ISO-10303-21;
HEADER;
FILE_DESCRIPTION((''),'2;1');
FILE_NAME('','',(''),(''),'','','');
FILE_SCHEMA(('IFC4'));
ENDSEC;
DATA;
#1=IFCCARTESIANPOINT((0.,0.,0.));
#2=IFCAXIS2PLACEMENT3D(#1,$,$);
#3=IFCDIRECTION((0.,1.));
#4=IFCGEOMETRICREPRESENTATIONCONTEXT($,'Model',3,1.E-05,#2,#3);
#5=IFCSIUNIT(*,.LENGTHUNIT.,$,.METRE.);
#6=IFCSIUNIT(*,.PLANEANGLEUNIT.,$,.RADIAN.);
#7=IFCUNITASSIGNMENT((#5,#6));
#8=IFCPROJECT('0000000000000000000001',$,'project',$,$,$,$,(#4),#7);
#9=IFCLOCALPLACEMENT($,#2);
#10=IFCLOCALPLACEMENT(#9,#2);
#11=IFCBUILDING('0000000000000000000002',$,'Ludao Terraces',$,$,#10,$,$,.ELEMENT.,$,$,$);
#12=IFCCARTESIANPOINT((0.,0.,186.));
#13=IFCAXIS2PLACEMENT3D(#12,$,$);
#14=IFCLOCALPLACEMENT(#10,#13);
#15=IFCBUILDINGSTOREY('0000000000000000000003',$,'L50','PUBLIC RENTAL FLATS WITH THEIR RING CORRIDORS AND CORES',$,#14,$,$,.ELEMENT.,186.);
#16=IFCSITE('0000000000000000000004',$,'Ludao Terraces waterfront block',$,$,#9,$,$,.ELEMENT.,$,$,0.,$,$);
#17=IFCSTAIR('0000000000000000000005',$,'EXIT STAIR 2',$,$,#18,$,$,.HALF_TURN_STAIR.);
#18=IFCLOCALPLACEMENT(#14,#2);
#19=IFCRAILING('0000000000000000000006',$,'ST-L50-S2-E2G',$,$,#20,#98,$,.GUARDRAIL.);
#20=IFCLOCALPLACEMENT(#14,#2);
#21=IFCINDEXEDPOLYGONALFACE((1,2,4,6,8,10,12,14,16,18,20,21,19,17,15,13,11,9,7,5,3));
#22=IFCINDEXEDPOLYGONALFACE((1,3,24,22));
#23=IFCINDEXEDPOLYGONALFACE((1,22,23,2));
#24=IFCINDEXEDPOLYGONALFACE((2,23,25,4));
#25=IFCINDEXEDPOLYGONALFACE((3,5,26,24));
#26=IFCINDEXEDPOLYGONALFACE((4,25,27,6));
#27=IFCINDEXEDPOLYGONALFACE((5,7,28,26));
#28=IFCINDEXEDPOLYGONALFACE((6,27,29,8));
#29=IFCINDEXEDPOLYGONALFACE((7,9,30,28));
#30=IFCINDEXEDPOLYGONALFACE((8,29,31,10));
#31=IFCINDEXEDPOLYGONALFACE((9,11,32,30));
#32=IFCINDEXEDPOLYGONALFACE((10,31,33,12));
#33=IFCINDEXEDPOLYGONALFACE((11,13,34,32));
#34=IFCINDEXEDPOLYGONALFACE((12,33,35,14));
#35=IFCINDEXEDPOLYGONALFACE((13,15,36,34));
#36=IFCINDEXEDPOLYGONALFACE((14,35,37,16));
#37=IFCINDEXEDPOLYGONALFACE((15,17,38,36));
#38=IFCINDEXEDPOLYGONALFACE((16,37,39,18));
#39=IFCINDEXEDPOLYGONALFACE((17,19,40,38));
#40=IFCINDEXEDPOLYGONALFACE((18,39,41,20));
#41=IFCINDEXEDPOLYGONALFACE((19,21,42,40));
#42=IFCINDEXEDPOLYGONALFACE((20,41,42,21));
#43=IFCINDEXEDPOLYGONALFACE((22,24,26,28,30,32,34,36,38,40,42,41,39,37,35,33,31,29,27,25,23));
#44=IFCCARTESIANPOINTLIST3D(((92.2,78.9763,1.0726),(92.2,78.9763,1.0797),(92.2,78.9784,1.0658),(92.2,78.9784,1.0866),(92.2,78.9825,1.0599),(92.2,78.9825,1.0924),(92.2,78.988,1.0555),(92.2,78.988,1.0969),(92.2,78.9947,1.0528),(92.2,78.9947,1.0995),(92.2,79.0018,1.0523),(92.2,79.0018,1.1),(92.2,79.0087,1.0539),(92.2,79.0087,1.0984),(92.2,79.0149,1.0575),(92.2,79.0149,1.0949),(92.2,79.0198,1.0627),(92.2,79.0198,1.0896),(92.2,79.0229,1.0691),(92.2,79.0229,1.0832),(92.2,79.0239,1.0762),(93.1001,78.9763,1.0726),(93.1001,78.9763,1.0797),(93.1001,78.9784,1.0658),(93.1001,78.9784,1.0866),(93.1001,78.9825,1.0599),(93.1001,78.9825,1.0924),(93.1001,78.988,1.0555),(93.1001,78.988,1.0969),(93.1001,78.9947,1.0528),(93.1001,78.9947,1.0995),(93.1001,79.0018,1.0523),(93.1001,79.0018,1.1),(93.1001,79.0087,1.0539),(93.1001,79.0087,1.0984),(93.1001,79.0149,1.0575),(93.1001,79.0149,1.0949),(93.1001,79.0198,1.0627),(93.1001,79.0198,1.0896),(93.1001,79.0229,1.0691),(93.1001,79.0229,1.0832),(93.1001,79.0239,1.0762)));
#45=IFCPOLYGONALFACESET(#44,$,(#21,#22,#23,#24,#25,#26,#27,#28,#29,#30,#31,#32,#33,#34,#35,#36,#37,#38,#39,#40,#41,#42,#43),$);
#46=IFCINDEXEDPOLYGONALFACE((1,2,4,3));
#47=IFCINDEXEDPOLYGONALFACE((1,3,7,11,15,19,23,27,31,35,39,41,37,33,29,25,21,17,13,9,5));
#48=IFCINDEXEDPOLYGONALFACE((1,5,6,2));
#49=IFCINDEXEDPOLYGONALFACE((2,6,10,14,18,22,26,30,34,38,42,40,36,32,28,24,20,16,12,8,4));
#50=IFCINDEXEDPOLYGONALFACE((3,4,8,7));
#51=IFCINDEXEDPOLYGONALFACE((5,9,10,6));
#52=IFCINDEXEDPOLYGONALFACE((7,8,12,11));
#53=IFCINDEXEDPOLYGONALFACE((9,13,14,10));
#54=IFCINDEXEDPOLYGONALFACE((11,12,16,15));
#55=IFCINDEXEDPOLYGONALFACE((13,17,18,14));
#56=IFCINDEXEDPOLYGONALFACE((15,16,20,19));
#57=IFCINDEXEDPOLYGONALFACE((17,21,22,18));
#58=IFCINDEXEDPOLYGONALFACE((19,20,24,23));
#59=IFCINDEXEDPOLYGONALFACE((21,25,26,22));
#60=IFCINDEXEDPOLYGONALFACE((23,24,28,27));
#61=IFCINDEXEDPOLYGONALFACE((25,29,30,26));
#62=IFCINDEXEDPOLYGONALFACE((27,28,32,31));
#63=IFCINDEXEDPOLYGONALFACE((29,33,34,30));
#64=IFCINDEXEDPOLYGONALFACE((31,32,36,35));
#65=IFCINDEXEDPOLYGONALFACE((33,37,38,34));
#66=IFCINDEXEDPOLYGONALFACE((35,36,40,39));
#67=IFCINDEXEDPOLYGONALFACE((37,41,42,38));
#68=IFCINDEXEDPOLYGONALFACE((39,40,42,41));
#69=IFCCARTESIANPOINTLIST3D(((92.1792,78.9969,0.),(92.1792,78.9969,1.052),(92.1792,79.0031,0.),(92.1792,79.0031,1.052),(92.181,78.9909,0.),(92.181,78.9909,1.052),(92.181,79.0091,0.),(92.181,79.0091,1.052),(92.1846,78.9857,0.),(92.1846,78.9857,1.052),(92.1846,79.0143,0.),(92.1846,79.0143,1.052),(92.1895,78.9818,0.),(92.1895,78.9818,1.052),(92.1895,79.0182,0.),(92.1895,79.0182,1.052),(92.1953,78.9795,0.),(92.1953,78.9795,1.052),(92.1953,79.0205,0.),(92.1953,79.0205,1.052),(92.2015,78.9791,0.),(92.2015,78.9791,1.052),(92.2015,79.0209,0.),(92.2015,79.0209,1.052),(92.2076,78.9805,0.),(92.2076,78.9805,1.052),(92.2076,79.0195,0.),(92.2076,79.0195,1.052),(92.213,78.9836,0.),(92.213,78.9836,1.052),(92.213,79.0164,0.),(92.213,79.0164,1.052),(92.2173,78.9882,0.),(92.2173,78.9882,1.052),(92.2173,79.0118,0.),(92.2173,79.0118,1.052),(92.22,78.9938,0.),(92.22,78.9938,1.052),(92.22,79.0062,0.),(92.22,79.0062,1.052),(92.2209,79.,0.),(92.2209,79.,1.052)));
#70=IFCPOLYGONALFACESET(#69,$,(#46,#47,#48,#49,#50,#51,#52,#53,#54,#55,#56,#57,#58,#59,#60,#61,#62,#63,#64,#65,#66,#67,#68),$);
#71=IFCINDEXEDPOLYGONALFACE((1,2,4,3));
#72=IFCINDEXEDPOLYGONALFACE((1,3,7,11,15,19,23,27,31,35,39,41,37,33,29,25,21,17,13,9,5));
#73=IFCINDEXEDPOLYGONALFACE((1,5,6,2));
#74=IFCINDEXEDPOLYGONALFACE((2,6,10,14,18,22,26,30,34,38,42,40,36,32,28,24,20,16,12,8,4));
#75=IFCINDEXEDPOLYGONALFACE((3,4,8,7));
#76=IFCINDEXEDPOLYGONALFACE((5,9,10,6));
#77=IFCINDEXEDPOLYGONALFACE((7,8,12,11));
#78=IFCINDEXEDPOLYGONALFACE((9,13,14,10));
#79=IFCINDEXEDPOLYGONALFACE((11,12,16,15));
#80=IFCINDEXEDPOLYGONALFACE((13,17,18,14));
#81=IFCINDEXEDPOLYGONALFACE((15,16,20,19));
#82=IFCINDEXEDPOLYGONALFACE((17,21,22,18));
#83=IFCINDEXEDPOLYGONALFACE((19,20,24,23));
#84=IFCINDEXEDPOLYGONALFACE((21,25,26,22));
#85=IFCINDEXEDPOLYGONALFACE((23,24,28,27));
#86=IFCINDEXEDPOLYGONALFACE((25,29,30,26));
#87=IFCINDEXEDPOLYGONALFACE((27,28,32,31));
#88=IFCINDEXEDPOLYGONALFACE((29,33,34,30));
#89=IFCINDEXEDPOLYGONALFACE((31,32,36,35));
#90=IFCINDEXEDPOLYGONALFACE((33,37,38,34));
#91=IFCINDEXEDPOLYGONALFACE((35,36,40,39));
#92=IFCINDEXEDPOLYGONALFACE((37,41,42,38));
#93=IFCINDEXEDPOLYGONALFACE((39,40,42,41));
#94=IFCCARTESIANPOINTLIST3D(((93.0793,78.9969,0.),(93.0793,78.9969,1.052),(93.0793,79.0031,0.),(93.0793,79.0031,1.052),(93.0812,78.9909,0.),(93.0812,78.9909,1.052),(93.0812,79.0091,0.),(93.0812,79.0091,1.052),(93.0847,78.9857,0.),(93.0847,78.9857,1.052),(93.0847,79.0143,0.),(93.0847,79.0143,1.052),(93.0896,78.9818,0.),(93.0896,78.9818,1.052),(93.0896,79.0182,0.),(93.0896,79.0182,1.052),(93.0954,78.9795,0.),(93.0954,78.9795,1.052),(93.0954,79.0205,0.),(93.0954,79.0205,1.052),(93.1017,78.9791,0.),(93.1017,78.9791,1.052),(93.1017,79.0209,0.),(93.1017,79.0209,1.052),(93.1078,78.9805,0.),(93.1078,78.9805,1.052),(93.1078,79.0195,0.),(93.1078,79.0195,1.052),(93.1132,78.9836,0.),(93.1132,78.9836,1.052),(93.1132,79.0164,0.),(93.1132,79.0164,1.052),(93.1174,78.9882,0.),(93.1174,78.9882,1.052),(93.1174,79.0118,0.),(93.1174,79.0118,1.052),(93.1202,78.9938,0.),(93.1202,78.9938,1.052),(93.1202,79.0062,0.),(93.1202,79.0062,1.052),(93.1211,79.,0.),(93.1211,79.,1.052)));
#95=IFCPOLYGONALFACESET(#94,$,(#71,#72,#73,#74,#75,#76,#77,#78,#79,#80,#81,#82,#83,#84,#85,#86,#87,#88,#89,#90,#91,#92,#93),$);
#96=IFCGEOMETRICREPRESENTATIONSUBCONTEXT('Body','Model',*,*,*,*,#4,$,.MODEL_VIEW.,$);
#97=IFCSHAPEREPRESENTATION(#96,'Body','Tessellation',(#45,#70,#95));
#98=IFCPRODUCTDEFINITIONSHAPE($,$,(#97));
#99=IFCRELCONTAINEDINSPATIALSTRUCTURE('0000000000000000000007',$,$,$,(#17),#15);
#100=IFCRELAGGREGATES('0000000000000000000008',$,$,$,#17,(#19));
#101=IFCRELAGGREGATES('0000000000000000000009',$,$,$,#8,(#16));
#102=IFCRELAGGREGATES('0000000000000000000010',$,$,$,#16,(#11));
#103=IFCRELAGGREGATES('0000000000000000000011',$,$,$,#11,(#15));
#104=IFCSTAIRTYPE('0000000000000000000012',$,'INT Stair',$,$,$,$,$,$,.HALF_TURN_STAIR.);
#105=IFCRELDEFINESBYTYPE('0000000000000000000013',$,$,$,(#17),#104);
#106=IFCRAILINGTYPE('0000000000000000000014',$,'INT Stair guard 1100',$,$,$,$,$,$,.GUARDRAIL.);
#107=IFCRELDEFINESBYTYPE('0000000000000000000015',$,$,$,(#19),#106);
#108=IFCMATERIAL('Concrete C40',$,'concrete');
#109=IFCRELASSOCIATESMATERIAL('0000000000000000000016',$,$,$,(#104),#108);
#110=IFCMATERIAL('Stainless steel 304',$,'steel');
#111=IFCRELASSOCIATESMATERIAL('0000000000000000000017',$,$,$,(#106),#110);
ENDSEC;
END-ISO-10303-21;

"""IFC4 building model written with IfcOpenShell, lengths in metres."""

from ifc_helpers import new_model, si_unit, direction, frame, origin, origin_2d, place, context, subcontext, project, spatial, circle, extrude, material, type_object, element, aggregate, save


model = new_model("IFC4")

# Units and contexts
model_context = context("Model", 3, precision=1e-05, world=origin(), true_north=direction((0.0, 1.0)))
body_context = subcontext(model_context, "Body", "Model", "MODEL_VIEW")
ifc_project = project(units=[si_unit("LENGTHUNIT", "METRE"), si_unit("PLANEANGLEUNIT", "RADIAN")], contexts=[model_context])

# Site, building, storey
site_placement = place(None, origin())
site = spatial("IfcSite", under=ifc_project, at=site_placement, Name="Ludao Terraces waterfront block", CompositionType="ELEMENT", RefElevation=0.0)
building_placement = place(site_placement, origin())
building = spatial("IfcBuilding", under=site, at=building_placement, Name="Ludao Terraces", CompositionType="ELEMENT")
storey_placement = place(building_placement, frame((0.0, 0.0, 186.0)))
storey = spatial("IfcBuildingStorey", under=building, at=storey_placement, Name="L50", Description="PUBLIC RENTAL FLATS WITH THEIR RING CORRIDORS AND CORES", CompositionType="ELEMENT", Elevation=186.0)

# Shared definitions
ifc_material_1 = material(Name="Concrete C40", Category="concrete")

# Shared definitions
ifc_material_2 = material(Name="Stainless steel 304", Category="steel")

# Stair, railing
stair_type = type_object("IfcStairType", Name="INT Stair", PredefinedType="HALF_TURN_STAIR", material=ifc_material_1)
stair_placement = place(storey_placement, origin())
stair = element("IfcStair", 1, at=stair_placement, inside=storey, type_object=stair_type, Name="EXIT STAIR 2", PredefinedType="HALF_TURN_STAIR")
railing_type_1 = type_object("IfcRailingType", Name="INT Stair guard 1100", PredefinedType="GUARDRAIL", material=ifc_material_2)
railing_1_placement = place(storey_placement, frame((92.2, 79.0, 0.0)))
railing_1 = element("IfcRailing", 2, at=railing_1_placement, type_object=railing_type_1, Name="ST-L50-S2-E2G", PredefinedType="GUARDRAIL", context=body_context, shape_type="SweptSolid", body=[
    extrude(circle(Radius=0.0239, at=origin_2d()), frame((0.0, 0.0, 1.0762), z_axis=(1.0, 0.0, 0.0), x_axis=(0.0, 1.0, 0.0)), (0.0, 0.0, 1.0), 0.9001),
    extrude(circle(Radius=0.021, at=origin_2d()), origin(), (0.0, 0.0, 1.0), 1.052),
    extrude(circle(Radius=0.021, at=origin_2d()), frame((0.9001, 0.0, 0.0)), (0.0, 0.0, 1.0), 1.052),
])
aggregate(stair, [railing_1])

save(model, "model.ifc")
